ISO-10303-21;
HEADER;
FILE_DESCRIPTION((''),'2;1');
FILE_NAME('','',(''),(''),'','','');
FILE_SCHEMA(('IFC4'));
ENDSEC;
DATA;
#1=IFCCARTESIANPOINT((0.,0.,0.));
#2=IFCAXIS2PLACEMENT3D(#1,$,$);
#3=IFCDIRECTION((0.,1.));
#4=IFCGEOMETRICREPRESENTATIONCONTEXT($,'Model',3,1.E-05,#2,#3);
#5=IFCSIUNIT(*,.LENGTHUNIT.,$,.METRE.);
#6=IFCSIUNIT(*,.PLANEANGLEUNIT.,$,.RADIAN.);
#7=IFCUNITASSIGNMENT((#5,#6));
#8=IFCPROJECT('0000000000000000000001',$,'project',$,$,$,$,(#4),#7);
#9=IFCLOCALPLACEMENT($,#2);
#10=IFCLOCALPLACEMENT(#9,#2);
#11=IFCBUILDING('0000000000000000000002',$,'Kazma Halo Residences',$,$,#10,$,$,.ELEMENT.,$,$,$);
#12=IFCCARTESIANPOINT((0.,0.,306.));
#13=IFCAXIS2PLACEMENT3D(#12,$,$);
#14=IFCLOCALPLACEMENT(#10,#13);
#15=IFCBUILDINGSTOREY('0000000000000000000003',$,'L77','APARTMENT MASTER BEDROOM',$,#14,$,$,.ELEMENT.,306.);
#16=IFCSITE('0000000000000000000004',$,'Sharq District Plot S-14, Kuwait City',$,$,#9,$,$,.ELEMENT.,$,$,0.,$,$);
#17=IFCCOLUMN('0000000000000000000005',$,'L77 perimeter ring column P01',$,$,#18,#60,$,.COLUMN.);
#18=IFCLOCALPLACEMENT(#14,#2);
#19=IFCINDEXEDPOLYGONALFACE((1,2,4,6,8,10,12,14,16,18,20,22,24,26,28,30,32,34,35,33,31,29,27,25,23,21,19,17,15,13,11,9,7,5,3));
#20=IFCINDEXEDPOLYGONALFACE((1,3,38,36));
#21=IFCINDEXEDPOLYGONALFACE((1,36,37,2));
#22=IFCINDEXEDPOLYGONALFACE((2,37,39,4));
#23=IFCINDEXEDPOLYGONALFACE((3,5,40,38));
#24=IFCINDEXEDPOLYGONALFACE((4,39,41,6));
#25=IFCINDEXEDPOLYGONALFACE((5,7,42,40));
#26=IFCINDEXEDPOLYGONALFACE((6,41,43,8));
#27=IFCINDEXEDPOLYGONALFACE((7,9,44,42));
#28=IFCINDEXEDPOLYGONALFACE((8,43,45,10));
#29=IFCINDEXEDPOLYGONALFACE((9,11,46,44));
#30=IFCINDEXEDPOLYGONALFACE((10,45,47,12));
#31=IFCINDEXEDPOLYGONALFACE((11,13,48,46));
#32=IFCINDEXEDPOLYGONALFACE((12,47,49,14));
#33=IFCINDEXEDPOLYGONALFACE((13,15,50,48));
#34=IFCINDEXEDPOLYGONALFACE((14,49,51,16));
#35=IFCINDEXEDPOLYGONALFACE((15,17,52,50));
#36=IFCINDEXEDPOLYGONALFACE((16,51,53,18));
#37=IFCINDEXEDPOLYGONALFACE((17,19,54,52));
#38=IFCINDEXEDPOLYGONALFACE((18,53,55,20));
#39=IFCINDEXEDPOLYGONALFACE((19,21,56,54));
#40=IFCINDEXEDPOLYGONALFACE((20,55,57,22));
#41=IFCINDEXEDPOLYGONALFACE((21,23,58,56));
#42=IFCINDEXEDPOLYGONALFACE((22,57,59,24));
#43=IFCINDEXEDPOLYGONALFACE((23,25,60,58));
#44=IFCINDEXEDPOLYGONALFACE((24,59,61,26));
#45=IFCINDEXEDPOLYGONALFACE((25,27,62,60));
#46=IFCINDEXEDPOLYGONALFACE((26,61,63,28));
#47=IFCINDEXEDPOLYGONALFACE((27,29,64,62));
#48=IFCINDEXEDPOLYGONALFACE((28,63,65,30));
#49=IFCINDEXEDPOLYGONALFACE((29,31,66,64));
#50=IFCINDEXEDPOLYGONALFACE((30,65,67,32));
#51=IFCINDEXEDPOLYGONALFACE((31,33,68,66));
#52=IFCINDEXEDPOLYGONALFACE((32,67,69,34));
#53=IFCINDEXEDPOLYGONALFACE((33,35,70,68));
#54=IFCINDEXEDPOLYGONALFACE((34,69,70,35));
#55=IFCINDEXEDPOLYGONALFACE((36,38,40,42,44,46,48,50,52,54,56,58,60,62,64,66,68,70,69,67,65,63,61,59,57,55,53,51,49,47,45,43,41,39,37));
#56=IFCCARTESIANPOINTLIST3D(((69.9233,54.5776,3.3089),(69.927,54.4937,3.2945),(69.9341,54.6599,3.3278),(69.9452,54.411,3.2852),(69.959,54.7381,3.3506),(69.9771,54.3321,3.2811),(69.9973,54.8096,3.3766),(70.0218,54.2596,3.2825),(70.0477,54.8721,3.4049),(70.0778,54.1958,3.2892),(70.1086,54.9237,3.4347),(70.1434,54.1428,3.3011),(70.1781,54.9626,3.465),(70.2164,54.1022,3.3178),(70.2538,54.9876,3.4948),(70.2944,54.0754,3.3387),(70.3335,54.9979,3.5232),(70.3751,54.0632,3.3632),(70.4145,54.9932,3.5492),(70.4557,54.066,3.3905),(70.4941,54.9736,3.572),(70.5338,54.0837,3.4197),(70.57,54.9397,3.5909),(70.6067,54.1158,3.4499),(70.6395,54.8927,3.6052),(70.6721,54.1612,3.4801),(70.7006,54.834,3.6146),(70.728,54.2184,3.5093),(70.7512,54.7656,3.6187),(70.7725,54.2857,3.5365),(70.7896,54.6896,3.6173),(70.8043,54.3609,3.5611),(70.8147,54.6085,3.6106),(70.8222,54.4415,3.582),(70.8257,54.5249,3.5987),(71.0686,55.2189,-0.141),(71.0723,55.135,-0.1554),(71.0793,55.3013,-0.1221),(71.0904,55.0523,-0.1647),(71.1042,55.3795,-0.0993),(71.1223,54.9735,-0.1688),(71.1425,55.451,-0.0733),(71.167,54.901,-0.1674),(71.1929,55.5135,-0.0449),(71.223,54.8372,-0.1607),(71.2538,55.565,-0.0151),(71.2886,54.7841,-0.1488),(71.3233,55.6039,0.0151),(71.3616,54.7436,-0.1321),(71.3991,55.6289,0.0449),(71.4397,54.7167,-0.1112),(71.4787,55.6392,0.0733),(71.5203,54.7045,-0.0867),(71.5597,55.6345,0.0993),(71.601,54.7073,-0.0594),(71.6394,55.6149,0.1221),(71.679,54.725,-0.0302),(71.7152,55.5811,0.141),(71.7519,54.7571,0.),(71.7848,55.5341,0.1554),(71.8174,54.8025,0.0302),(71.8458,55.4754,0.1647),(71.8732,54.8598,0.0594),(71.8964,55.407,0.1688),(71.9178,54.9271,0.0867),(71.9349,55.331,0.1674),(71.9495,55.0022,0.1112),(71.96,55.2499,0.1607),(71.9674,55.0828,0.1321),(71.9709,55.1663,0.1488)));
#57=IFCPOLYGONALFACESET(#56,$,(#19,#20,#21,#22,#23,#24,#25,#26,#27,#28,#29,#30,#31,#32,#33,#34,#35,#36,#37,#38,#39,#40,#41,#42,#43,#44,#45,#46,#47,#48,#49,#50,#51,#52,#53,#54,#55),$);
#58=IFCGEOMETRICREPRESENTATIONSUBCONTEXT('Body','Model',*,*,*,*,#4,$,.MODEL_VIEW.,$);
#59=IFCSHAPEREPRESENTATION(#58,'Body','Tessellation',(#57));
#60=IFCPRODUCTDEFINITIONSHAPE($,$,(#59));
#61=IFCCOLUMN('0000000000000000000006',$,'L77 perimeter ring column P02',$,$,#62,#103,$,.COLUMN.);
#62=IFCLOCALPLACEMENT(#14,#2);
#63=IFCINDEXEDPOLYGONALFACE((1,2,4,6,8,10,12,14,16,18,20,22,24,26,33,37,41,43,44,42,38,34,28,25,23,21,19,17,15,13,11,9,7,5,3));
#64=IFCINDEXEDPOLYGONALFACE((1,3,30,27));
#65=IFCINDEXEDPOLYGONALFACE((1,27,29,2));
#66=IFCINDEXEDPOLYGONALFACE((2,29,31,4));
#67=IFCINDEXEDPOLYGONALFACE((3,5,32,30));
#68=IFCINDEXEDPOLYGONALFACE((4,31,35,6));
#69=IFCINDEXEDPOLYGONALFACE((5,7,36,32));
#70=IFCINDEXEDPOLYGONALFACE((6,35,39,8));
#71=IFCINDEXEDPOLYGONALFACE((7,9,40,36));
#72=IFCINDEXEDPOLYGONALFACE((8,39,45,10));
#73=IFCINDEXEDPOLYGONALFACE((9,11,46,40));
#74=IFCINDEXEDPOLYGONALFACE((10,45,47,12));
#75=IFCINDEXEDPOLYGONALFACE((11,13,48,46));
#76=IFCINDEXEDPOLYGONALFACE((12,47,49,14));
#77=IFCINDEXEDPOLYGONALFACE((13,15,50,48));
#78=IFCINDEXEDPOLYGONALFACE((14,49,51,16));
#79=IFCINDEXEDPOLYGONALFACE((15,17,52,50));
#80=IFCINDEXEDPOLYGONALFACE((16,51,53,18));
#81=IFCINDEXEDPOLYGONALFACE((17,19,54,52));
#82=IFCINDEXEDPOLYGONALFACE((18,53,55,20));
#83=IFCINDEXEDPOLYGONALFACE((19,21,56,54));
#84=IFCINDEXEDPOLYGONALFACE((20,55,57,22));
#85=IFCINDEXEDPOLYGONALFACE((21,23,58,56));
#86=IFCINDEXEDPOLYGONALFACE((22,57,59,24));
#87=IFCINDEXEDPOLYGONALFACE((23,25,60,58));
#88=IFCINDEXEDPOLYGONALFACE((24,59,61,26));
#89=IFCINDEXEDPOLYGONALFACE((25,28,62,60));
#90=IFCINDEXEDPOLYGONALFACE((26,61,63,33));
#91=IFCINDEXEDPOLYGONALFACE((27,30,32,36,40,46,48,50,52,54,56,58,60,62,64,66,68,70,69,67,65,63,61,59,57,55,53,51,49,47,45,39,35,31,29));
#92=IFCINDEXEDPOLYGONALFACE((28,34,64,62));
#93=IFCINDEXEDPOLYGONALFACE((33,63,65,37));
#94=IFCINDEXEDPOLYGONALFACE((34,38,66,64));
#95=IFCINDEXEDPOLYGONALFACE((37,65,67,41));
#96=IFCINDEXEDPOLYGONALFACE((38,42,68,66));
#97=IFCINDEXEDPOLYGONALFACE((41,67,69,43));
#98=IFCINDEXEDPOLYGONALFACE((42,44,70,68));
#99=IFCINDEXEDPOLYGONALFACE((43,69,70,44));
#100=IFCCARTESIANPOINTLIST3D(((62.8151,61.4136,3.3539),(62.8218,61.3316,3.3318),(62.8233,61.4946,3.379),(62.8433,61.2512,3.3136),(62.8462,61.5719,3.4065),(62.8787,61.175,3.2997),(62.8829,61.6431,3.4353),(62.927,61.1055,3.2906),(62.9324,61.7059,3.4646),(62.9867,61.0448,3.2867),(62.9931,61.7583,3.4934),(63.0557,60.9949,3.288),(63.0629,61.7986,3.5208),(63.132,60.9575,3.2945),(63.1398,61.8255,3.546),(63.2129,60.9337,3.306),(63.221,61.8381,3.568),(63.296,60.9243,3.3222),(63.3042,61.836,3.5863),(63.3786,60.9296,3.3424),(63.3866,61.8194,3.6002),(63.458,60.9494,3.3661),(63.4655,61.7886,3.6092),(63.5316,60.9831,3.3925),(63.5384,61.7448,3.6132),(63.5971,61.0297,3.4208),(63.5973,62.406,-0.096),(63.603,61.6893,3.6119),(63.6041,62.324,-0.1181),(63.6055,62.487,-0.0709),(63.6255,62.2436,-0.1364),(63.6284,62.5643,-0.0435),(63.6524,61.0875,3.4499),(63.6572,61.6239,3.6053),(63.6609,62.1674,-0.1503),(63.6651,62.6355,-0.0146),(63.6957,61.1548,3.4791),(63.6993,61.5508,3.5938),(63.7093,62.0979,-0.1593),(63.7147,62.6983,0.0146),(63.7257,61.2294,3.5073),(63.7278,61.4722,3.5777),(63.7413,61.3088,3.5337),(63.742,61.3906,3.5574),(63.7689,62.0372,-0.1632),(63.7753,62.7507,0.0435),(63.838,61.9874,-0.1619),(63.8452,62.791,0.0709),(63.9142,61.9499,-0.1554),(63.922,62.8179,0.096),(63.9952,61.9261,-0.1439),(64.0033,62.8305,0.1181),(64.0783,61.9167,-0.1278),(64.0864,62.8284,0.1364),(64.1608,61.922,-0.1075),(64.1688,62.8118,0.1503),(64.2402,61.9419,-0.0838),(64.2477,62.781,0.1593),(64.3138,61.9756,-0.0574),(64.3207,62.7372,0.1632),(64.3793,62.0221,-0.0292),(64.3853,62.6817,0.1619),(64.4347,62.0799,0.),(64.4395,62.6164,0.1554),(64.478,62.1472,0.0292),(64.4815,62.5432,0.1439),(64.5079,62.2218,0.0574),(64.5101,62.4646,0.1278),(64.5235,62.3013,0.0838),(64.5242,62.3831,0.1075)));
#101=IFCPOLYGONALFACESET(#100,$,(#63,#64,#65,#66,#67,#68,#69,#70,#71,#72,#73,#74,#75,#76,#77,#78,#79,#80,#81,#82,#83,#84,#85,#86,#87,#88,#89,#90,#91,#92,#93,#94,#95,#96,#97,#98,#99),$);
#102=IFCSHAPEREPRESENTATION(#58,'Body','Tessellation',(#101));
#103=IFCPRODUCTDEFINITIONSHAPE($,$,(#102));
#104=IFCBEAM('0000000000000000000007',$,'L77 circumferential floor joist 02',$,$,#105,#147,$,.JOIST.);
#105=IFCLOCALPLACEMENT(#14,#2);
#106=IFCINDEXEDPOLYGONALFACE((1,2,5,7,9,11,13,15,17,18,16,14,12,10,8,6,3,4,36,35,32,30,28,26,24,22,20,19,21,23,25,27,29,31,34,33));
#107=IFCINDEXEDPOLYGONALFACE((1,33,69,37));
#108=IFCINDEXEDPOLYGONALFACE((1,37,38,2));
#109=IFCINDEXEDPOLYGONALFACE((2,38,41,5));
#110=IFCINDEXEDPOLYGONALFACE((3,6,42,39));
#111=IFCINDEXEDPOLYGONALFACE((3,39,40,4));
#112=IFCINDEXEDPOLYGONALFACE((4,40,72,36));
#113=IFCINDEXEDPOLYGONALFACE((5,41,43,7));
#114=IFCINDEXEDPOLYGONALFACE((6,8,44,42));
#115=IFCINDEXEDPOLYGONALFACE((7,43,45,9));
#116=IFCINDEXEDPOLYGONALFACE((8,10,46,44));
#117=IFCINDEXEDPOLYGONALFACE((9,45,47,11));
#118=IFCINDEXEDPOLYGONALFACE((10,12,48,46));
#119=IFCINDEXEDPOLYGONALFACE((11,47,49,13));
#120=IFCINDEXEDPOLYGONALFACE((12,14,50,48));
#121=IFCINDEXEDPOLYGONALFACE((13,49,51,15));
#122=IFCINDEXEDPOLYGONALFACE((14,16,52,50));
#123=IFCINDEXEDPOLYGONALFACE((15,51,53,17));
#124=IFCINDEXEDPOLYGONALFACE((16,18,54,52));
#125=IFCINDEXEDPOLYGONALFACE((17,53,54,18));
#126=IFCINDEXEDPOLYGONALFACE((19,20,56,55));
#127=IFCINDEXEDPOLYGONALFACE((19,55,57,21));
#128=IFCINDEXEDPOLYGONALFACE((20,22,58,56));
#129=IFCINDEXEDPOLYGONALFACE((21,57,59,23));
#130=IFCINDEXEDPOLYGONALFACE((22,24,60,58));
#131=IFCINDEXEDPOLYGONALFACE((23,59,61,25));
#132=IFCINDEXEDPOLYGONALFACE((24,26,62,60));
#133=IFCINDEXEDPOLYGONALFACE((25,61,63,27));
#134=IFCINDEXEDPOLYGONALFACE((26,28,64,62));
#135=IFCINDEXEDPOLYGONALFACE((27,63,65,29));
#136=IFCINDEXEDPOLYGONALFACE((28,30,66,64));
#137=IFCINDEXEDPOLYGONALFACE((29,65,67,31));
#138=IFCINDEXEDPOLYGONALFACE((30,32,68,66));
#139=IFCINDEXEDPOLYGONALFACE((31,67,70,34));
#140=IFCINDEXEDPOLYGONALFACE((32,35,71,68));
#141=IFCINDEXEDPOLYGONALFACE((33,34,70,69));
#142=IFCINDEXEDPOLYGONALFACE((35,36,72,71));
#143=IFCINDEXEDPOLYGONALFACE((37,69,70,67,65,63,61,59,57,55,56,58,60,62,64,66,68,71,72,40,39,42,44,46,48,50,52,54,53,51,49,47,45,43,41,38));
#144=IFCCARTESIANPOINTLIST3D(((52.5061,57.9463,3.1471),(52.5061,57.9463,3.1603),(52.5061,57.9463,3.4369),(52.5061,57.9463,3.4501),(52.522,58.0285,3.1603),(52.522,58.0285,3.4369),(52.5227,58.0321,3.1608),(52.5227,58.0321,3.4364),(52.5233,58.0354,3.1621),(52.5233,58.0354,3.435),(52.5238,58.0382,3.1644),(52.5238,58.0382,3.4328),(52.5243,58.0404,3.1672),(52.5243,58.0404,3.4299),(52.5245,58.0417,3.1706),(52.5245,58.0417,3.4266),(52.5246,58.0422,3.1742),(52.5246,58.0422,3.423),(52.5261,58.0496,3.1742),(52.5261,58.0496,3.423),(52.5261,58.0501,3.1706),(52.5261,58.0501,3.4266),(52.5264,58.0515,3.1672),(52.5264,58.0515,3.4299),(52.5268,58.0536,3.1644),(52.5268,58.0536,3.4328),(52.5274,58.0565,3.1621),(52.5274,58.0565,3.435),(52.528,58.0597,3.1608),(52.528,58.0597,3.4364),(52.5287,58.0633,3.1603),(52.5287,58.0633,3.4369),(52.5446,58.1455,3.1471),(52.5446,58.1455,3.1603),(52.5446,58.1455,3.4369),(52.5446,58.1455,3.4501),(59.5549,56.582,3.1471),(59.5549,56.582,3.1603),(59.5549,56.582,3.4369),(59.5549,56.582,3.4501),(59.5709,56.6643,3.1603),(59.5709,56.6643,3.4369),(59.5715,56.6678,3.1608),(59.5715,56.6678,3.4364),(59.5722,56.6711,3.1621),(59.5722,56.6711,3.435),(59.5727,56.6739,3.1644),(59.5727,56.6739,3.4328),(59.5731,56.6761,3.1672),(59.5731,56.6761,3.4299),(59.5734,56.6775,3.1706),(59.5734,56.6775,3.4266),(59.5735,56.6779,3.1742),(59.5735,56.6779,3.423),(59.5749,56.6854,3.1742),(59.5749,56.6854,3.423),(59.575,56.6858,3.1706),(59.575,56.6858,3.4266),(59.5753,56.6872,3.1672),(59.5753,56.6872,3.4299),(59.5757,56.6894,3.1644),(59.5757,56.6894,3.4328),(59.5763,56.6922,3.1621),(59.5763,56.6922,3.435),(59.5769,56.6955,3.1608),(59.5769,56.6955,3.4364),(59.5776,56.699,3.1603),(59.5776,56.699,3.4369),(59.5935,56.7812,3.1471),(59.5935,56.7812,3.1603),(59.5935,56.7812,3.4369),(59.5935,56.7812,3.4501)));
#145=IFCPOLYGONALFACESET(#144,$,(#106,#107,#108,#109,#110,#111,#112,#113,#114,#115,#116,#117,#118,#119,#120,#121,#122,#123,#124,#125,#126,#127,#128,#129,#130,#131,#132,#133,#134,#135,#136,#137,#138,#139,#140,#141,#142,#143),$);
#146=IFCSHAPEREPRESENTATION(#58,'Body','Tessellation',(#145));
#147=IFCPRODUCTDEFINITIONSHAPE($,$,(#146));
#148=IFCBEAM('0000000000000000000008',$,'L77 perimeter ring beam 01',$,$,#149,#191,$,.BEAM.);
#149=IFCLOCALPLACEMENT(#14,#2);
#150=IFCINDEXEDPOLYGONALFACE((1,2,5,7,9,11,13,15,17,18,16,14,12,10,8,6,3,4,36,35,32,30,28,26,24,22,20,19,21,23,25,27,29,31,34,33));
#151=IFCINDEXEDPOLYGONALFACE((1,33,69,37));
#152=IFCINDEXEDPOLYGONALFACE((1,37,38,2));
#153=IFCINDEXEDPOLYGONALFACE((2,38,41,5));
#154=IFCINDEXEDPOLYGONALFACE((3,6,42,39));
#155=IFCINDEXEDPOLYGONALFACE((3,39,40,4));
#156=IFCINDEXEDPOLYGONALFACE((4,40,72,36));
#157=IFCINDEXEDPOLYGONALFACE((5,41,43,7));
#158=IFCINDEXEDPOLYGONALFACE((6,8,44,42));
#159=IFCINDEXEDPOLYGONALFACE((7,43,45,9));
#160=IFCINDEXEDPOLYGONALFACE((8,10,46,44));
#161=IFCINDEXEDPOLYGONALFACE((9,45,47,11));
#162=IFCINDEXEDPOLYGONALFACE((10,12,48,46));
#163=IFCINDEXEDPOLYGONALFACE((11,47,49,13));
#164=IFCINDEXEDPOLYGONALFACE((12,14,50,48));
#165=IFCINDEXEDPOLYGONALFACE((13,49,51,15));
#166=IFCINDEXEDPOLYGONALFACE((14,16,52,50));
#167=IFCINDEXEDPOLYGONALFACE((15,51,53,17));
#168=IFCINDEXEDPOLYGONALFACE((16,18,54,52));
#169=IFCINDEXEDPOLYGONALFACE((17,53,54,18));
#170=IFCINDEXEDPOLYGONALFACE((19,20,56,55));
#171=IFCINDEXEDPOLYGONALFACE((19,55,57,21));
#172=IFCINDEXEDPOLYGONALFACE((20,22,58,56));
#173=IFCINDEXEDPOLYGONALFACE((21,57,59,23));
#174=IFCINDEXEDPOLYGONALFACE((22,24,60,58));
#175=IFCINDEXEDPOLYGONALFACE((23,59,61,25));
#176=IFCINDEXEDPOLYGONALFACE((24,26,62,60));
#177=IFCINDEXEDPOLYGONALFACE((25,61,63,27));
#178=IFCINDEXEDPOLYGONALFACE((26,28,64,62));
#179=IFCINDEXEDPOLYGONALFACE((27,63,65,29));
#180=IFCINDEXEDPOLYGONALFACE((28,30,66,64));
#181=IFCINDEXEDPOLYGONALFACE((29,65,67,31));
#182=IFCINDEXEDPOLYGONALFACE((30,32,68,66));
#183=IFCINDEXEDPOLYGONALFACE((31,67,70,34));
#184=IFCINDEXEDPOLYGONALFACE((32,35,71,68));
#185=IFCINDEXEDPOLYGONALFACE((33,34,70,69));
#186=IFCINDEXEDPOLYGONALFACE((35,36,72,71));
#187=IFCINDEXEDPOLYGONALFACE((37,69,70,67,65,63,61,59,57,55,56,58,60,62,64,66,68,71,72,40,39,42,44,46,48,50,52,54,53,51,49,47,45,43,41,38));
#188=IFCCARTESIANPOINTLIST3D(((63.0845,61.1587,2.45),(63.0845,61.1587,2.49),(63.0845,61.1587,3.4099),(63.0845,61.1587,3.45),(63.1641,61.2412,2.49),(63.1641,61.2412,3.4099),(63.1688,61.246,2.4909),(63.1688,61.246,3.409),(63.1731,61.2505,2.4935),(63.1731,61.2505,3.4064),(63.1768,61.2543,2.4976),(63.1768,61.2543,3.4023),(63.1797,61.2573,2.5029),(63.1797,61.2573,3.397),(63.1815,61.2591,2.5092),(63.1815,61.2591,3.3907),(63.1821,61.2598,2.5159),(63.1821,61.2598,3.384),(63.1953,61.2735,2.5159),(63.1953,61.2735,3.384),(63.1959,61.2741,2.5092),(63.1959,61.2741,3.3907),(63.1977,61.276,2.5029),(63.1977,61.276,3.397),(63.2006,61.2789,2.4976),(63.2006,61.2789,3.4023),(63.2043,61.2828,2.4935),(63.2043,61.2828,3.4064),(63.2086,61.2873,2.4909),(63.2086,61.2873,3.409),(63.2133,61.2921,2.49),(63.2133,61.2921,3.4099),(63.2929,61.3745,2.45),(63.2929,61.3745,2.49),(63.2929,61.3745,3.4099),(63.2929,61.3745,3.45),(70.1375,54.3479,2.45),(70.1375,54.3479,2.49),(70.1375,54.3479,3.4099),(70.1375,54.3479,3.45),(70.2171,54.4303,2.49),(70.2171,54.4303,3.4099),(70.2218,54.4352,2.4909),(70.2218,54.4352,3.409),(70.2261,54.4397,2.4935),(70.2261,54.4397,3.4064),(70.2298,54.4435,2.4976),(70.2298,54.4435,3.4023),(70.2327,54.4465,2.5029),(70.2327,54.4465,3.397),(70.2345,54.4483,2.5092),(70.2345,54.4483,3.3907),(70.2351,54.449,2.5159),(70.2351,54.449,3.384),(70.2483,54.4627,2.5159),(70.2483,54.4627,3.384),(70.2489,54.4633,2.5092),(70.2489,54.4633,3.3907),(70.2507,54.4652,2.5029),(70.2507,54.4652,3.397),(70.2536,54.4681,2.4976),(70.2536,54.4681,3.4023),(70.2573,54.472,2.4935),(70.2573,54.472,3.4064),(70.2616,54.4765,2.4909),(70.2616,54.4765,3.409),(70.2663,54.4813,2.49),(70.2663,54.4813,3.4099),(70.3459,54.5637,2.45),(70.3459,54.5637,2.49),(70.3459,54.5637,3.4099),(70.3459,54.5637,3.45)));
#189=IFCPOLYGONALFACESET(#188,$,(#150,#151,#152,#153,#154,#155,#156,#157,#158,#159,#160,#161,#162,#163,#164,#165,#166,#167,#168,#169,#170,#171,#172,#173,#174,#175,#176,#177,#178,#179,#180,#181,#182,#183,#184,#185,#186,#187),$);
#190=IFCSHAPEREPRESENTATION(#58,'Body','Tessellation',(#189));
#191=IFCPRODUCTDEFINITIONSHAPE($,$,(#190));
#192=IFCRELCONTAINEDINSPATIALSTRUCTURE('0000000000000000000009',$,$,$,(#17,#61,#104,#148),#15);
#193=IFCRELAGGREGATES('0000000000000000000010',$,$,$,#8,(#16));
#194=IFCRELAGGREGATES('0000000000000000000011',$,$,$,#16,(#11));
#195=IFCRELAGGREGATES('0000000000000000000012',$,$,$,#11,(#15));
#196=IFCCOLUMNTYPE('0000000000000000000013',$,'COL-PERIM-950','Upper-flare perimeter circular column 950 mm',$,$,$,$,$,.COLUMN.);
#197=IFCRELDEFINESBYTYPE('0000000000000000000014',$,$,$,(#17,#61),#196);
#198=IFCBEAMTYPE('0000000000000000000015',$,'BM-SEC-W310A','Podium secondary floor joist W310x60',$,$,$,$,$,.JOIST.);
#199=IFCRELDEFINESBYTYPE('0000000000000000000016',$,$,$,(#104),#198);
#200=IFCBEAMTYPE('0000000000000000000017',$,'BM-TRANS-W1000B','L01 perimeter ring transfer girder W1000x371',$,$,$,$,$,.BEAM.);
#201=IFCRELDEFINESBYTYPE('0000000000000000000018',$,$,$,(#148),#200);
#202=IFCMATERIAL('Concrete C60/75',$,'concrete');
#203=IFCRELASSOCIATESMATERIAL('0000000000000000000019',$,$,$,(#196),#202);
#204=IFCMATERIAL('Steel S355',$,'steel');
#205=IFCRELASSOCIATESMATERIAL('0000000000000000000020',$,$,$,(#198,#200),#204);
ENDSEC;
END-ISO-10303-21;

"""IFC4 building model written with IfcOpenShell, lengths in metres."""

from ifc_helpers import new_model, si_unit, direction, frame, origin, origin_2d, place, context, subcontext, project, spatial, circle, i_section, extrude, material, material_profile, profile_set, type_object, element, save


model = new_model("IFC4")

# Units and contexts
model_context = context("Model", 3, precision=1e-05, world=origin(), true_north=direction((0.0, 1.0)))
body_context = subcontext(model_context, "Body", "Model", "MODEL_VIEW")
ifc_project = project(units=[si_unit("LENGTHUNIT", "METRE"), si_unit("PLANEANGLEUNIT", "RADIAN")], contexts=[model_context])

# Site, building, storey
site_placement = place(None, origin())
site = spatial("IfcSite", under=ifc_project, at=site_placement, Name="Sharq District Plot S-14, Kuwait City", CompositionType="ELEMENT", RefElevation=0.0)
building_placement = place(site_placement, origin())
building = spatial("IfcBuilding", under=site, at=building_placement, Name="Kazma Halo Residences", CompositionType="ELEMENT")
storey_placement = place(building_placement, frame((0.0, 0.0, 306.0)))
storey = spatial("IfcBuildingStorey", under=building, at=storey_placement, Name="L77", Description="APARTMENT MASTER BEDROOM", CompositionType="ELEMENT", Elevation=306.0)

# Columns
ifc_material_1 = material(Name="Concrete C60/75", Category="concrete")
ifc_material_profile_1 = material_profile(ifc_material_1, circle(Radius=0.4751, at=origin_2d()), Name="CIRC950")
ifc_profile_set_1 = profile_set([ifc_material_profile_1], Name="Concrete C60/75")
column_type = type_object("IfcColumnType", Name="COL-PERIM-950", Description="Upper-flare perimeter circular column 950 mm", PredefinedType="COLUMN", material=ifc_profile_set_1)
column_1_placement = place(storey_placement, frame((71.5198, 55.1716, 0.0), z_axis=(-0.310267, -0.173752, 0.934636), x_axis=(0.488609, -0.872503, 0.0)))
element("IfcColumn", 1, at=column_1_placement, inside=storey, type_object=column_type, Name="L77 perimeter ring column P01", PredefinedType="COLUMN", context=body_context, shape_type="SweptSolid", body=[
    extrude(circle(Radius=0.4751, at=origin_2d()), origin(), (0.0, 0.0, 1.0), 3.6912),
])
column_2_placement = place(storey_placement, frame((64.0615, 62.374, 0.0), z_axis=(-0.212903, -0.270116, 0.938994), x_axis=(0.785372, -0.619024, 0.0)))
element("IfcColumn", 2, at=column_2_placement, inside=storey, type_object=column_type, Name="L77 perimeter ring column P02", PredefinedType="COLUMN", context=body_context, shape_type="SweptSolid", body=[
    extrude(circle(Radius=0.4751, at=origin_2d()), origin(), (0.0, 0.0, 1.0), 3.6741),
])

# Beams
ifc_material_2 = material(Name="Steel S355", Category="steel")
ifc_material_profile_2 = material_profile(ifc_material_2, i_section(OverallWidth=0.2029, OverallDepth=0.303, WebThickness=0.0076, FlangeThickness=0.0132, FilletRadius=0.0139, at=origin_2d()), Name="W310x60")
ifc_profile_set_2 = profile_set([ifc_material_profile_2], Name="Steel S355")
beam_type_1 = type_object("IfcBeamType", Name="BM-SEC-W310A", Description="Podium secondary floor joist W310x60", PredefinedType="JOIST", material=ifc_profile_set_2)
beam_1_placement = place(storey_placement, frame((59.5742, 56.6816, 3.2986), z_axis=(-0.981781, 0.190018, 0.0), x_axis=(-0.190018, -0.981781, 0.0)))
element("IfcBeam", 3, at=beam_1_placement, inside=storey, type_object=beam_type_1, Name="L77 circumferential floor joist 02", PredefinedType="JOIST", context=body_context, shape_type="SweptSolid", body=[
    extrude(i_section(OverallWidth=0.2029, OverallDepth=0.303, WebThickness=0.0076, FlangeThickness=0.0132, FilletRadius=0.0139, at=origin_2d()), origin(), (0.0, 0.0, 1.0), 7.1797),
])
ifc_material_profile_3 = material_profile(ifc_material_2, i_section(OverallWidth=0.3, OverallDepth=1.0, WebThickness=0.019, FlangeThickness=0.04, FilletRadius=0.0259, at=origin_2d()), Name="W1000x371")
ifc_profile_set_3 = profile_set([ifc_material_profile_3], Name="Steel S355")
beam_type_2 = type_object("IfcBeamType", Name="BM-TRANS-W1000B", Description="L01 perimeter ring transfer girder W1000x371", PredefinedType="BEAM", material=ifc_profile_set_3)
beam_2_placement = place(storey_placement, frame((70.2417, 54.4558, 2.95), z_axis=(-0.71935, 0.694648, 0.0), x_axis=(-0.694648, -0.71935, 0.0)))
element("IfcBeam", 4, at=beam_2_placement, inside=storey, type_object=beam_type_2, Name="L77 perimeter ring beam 01", PredefinedType="BEAM", context=body_context, shape_type="SweptSolid", body=[
    extrude(i_section(OverallWidth=0.3, OverallDepth=1.0, WebThickness=0.019, FlangeThickness=0.04, FilletRadius=0.0259, at=origin_2d()), origin(), (0.0, 0.0, 1.0), 9.8047),
])

save(model, "model.ifc")
